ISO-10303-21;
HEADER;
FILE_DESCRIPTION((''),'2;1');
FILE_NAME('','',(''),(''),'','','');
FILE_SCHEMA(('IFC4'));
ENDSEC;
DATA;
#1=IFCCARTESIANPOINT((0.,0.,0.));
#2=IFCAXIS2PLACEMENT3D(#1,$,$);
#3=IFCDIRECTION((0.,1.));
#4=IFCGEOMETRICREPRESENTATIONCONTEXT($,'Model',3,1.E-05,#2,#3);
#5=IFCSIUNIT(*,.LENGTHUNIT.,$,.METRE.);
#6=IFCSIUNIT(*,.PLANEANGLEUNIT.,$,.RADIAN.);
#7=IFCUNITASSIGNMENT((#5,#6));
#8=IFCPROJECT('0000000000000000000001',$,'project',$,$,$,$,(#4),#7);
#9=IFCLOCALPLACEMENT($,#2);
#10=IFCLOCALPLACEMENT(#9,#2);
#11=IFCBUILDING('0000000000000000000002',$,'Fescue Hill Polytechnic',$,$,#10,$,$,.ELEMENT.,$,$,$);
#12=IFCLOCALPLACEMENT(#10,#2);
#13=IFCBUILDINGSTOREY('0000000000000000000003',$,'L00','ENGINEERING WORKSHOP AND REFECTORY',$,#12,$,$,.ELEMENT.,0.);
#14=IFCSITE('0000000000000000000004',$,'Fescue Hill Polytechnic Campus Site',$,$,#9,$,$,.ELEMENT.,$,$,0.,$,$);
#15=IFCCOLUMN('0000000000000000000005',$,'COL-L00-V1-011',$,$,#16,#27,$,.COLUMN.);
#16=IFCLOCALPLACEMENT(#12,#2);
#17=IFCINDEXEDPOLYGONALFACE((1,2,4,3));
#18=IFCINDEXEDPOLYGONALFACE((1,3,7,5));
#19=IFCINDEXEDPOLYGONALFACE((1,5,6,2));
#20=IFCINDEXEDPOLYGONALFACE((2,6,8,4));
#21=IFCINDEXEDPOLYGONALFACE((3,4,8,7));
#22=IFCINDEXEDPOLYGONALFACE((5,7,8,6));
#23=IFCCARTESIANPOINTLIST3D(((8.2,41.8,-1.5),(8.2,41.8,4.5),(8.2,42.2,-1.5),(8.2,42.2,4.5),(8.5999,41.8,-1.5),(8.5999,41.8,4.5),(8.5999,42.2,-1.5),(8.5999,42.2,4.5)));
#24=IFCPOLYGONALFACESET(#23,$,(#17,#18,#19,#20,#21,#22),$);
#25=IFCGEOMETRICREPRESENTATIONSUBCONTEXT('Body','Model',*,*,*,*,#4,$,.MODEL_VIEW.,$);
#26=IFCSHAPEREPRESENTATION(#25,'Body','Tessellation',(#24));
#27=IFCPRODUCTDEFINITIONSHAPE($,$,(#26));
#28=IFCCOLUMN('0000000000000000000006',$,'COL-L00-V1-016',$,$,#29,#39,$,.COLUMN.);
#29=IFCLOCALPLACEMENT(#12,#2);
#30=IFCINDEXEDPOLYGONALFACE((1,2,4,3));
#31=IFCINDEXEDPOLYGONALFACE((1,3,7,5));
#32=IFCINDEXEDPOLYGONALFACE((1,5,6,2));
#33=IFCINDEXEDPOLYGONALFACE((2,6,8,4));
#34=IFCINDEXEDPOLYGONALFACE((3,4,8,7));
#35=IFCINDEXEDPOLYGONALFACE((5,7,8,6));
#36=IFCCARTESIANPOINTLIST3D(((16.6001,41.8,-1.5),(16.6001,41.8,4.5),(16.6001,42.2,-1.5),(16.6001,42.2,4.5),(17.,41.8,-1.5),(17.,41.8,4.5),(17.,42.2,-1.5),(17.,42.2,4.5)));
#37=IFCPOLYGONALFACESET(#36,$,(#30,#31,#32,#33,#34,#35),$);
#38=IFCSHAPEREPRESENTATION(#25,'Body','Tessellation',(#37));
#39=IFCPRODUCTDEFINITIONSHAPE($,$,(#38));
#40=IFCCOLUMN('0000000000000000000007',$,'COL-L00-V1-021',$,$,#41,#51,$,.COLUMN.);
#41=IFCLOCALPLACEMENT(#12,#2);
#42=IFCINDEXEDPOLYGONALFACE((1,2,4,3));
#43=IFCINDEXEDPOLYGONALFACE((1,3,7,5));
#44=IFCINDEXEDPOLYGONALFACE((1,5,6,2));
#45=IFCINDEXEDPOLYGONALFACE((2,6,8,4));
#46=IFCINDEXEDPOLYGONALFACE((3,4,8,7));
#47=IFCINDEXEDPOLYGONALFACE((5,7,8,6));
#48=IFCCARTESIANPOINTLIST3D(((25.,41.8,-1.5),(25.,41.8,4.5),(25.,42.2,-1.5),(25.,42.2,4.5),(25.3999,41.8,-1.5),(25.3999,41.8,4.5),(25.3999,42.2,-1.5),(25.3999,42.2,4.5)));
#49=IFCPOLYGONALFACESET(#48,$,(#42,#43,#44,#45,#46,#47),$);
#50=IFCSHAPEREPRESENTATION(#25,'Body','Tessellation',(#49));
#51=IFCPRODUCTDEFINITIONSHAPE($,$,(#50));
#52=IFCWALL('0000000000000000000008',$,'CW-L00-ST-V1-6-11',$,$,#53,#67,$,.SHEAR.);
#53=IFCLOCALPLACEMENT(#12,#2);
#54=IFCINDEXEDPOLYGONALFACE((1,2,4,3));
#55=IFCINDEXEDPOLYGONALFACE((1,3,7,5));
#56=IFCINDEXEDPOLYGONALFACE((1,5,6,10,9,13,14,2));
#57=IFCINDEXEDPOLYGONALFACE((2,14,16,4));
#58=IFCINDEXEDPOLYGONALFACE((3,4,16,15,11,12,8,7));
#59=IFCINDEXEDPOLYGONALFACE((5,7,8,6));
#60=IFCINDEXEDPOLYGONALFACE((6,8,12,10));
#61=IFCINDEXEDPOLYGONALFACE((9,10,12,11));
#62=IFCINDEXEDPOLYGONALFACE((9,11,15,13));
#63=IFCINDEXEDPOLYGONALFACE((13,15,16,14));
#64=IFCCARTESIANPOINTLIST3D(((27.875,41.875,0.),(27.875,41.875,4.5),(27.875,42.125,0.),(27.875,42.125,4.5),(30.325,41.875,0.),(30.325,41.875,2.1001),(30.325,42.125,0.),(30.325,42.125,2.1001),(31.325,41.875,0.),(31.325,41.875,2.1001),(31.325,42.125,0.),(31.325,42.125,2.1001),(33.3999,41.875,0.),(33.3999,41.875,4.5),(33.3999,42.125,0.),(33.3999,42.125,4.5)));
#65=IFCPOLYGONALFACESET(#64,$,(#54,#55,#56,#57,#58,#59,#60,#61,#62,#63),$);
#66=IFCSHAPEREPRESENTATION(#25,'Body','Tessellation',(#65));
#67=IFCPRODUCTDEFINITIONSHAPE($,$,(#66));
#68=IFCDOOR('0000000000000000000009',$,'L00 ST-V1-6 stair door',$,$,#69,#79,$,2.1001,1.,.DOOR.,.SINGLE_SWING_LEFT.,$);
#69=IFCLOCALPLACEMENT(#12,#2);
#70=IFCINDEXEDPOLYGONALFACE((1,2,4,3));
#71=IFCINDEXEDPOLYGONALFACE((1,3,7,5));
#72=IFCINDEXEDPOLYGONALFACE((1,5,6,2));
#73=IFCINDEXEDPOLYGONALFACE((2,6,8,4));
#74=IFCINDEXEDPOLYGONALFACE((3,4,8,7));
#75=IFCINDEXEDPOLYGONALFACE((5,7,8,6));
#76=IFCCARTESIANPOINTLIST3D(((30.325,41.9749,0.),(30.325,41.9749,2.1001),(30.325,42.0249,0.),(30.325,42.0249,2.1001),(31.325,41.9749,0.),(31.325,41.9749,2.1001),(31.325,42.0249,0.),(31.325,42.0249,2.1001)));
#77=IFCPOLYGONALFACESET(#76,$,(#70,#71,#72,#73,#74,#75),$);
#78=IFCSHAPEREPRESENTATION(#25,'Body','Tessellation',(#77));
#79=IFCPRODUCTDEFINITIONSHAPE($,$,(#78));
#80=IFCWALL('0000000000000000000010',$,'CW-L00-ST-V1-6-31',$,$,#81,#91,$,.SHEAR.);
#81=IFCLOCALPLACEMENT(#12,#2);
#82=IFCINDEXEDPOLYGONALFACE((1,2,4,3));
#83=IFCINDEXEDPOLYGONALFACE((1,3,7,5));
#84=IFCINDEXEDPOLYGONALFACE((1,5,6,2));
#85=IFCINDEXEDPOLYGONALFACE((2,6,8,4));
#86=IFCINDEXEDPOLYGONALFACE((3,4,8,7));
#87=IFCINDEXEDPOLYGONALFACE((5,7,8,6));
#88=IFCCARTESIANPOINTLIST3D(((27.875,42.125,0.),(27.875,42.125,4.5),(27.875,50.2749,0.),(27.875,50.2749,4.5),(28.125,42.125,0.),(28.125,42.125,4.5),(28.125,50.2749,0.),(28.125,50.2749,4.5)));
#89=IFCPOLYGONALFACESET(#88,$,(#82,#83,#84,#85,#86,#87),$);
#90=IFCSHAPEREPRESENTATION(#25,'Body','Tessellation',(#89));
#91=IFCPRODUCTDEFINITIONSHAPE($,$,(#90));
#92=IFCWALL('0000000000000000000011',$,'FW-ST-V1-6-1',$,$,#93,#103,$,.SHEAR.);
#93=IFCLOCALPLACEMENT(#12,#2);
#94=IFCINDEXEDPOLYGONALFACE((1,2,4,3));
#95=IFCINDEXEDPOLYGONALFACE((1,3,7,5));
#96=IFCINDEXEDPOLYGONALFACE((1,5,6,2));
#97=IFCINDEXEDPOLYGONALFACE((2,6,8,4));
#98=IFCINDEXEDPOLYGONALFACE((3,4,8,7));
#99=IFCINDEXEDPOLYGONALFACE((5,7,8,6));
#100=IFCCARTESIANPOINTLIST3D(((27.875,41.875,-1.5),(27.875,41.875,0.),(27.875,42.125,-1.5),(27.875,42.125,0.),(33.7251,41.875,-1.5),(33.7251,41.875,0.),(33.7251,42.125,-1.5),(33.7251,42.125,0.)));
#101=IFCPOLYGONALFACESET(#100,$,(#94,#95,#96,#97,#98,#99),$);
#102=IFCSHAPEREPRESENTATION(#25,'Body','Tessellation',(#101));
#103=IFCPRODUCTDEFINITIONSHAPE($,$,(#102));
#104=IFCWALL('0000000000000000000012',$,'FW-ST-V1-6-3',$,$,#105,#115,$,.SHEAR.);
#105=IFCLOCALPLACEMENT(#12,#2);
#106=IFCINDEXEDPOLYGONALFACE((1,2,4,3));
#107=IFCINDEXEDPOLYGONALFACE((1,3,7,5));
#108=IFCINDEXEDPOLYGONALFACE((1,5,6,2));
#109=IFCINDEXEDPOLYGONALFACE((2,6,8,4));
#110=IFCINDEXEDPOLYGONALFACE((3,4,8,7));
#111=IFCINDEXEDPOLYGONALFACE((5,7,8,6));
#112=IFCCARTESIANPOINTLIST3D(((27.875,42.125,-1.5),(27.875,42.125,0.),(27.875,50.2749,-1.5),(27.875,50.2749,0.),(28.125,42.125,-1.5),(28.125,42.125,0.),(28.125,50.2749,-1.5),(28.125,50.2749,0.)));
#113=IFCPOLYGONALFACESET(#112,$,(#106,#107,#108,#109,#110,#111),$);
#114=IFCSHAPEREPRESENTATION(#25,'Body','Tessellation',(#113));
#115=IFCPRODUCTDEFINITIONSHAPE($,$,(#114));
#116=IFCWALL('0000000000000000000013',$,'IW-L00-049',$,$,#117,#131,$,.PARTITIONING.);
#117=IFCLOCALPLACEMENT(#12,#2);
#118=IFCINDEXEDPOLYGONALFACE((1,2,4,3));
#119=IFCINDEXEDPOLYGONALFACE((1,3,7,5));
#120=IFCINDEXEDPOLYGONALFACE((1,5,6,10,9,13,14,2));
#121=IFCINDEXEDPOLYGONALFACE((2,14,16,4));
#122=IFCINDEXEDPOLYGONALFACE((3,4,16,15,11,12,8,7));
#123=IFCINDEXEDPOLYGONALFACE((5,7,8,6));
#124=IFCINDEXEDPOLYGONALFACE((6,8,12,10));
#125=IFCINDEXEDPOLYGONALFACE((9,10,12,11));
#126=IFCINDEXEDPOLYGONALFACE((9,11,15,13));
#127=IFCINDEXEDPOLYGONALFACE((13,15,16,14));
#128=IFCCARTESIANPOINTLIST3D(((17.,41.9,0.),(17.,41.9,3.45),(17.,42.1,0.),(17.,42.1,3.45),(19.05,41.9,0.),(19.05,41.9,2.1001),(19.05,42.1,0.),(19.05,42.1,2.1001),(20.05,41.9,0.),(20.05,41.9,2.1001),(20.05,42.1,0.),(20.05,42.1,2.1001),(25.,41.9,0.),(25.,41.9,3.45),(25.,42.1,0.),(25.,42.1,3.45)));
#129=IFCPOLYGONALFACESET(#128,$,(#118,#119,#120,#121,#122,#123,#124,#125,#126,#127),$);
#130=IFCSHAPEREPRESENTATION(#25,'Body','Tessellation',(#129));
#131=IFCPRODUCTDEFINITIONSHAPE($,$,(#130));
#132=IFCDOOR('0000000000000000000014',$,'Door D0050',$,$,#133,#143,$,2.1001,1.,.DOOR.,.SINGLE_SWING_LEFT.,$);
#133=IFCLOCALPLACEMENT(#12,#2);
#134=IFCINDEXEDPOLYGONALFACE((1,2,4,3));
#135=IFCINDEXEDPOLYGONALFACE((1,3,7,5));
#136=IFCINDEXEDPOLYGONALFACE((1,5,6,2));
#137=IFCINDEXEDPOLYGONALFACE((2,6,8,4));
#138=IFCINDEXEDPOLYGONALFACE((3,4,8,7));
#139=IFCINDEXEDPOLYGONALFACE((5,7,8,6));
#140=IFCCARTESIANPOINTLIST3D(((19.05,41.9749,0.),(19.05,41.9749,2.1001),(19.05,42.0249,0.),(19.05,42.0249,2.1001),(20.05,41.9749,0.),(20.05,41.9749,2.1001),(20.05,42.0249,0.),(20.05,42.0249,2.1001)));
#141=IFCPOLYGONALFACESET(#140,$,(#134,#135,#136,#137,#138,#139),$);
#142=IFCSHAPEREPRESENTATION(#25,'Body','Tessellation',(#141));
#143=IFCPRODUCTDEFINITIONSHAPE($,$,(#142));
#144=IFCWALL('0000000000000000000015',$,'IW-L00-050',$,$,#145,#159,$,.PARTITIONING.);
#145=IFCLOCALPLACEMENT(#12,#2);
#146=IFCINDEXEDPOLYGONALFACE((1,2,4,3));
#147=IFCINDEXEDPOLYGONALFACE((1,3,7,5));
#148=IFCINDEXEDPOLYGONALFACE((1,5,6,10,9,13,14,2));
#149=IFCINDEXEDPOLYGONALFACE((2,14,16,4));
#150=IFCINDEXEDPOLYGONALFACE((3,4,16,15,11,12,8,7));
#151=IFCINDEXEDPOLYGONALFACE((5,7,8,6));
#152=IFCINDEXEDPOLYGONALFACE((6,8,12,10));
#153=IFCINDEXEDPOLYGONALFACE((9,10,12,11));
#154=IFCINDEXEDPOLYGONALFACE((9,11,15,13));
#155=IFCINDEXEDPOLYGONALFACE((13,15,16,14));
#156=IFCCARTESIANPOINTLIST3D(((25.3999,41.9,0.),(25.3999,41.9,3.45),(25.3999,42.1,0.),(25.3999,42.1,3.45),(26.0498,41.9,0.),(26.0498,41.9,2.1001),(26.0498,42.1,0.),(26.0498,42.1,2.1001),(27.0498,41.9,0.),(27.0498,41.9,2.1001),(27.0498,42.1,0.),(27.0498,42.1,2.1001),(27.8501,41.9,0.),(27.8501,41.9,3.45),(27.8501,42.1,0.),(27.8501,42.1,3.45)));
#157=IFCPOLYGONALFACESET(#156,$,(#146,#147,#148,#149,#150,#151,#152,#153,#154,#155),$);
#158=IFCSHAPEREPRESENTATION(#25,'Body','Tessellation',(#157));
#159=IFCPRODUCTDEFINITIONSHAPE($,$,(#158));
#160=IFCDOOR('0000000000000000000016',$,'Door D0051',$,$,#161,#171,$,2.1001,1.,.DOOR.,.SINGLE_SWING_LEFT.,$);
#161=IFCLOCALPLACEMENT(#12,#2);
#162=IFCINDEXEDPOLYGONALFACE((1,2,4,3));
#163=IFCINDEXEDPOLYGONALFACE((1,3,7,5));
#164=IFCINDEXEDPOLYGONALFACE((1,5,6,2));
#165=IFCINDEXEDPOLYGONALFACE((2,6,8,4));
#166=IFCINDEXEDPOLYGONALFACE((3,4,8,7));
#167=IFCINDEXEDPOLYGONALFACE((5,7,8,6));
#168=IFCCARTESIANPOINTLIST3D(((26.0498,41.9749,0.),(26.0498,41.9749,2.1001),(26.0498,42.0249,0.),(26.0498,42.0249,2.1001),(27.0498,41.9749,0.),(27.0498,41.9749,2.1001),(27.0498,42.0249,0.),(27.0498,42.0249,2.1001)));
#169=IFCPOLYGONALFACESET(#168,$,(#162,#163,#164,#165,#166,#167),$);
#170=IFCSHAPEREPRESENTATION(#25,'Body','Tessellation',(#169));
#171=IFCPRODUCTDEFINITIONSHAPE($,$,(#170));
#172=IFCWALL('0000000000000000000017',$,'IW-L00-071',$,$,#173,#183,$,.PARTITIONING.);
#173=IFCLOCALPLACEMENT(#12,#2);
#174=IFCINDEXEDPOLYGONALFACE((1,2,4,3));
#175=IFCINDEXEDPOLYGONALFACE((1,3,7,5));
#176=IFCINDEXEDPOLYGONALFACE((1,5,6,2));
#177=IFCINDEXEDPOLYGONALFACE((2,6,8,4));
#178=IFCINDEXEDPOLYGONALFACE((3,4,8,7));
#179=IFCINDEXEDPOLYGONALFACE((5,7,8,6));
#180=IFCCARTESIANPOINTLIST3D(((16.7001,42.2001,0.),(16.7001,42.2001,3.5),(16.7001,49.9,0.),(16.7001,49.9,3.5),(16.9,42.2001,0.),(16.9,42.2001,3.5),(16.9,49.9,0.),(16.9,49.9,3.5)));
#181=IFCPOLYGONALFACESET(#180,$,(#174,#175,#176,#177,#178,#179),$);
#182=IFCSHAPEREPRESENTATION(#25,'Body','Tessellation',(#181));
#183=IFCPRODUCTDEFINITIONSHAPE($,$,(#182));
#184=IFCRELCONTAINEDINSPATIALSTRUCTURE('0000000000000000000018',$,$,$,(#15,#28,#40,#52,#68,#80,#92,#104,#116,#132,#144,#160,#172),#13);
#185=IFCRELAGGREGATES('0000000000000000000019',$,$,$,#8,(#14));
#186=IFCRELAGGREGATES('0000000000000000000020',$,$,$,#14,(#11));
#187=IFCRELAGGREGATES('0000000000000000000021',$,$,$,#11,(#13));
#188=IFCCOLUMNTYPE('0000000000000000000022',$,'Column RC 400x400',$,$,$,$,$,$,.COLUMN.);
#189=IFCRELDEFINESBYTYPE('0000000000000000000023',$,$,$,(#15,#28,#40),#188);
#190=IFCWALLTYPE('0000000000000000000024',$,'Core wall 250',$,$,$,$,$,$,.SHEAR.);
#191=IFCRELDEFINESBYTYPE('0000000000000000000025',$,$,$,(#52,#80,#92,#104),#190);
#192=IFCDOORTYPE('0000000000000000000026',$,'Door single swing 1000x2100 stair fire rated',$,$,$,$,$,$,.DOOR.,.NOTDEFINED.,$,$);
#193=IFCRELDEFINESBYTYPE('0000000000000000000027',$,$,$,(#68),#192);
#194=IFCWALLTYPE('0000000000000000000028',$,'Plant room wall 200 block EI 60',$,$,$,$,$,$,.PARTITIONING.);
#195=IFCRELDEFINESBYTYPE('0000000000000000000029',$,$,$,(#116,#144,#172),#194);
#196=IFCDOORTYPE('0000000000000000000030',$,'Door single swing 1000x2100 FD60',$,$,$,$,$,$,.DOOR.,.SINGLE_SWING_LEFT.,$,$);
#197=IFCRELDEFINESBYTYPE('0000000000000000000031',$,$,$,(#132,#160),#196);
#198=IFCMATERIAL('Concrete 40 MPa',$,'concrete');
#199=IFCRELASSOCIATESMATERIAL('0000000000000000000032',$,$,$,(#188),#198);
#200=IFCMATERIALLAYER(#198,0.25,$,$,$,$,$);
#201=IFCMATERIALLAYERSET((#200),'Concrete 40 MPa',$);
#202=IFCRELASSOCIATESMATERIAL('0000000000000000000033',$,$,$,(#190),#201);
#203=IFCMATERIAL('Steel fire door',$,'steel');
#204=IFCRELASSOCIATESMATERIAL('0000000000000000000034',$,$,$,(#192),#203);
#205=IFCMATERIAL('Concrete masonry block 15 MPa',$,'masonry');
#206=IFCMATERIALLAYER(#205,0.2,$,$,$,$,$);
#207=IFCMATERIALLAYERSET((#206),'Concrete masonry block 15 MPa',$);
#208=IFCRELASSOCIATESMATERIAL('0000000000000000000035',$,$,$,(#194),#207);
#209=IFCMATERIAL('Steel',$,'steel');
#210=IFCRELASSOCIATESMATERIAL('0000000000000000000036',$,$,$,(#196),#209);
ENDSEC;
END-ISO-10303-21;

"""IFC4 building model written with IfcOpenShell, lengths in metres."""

from ifc_helpers import new_model, si_unit, direction, frame, frame_2d, origin, origin_2d, place, context, subcontext, project, spatial, rectangle, extrude, material, layer, layer_set, material_profile, profile_set, type_object, element, fill, save


model = new_model("IFC4")

# Units and contexts
model_context = context("Model", 3, precision=1e-05, world=origin(), true_north=direction((0.0, 1.0)))
body_context = subcontext(model_context, "Body", "Model", "MODEL_VIEW")
ifc_project = project(units=[si_unit("LENGTHUNIT", "METRE"), si_unit("PLANEANGLEUNIT", "RADIAN")], contexts=[model_context])

# Site, building, storey
site_placement = place(None, origin())
site = spatial("IfcSite", under=ifc_project, at=site_placement, Name="Fescue Hill Polytechnic Campus Site", CompositionType="ELEMENT", RefElevation=0.0)
building_placement = place(site_placement, origin())
building = spatial("IfcBuilding", under=site, at=building_placement, Name="Fescue Hill Polytechnic", CompositionType="ELEMENT")
storey_placement = place(building_placement, origin())
storey = spatial("IfcBuildingStorey", under=building, at=storey_placement, Name="L00", Description="ENGINEERING WORKSHOP AND REFECTORY", CompositionType="ELEMENT", Elevation=0.0)

# Columns
ifc_material_1 = material(Name="Concrete 40 MPa", Category="concrete")
ifc_material_profile = material_profile(ifc_material_1, rectangle(XDim=0.3999, YDim=0.3999, at=origin_2d()), Name="RC 400x400")
ifc_profile_set = profile_set([ifc_material_profile], Name="Concrete 40 MPa")
column_type = type_object("IfcColumnType", Name="Column RC 400x400", PredefinedType="COLUMN", material=ifc_profile_set)
for number, where, z_axis, x_axis, name in (
    (1, (8.3999, 42.0, -1.5), (0.0, 0.0, 1.0), (1.0, 0.0, 0.0), "COL-L00-V1-011"),
    (2, (16.8, 42.0, -1.5), (0.0, 0.0, 1.0), (1.0, 0.0, 0.0), "COL-L00-V1-016"),
    (3, (25.2, 42.0, -1.5), (0.0, 0.0, 1.0), (1.0, 0.0, 0.0), "COL-L00-V1-021"),
):
    element("IfcColumn", number, at=place(storey_placement, frame(where, z_axis=z_axis, x_axis=x_axis)), inside=storey, type_object=column_type, Name=name, PredefinedType="COLUMN", context=body_context, shape_type="SweptSolid", body=[
        extrude(rectangle(XDim=0.3999, YDim=0.3999, at=origin_2d()), origin(), (0.0, 0.0, 1.0), 6.0),
    ])

# Wall, opening, door
ifc_layer_1 = layer(ifc_material_1, 0.25)
ifc_layer_set_1 = layer_set([ifc_layer_1], Name="Concrete 40 MPa")
wall_type_1 = type_object("IfcWallType", Name="Core wall 250", PredefinedType="SHEAR", material=ifc_layer_set_1)
wall_1_placement = place(storey_placement, frame((27.875, 42.0, 0.0), z_axis=(0.0, 0.0, 1.0), x_axis=(1.0, 0.0, 0.0)))
wall_1 = element("IfcWall", 4, at=wall_1_placement, inside=storey, type_object=wall_type_1, Name="CW-L00-ST-V1-6-11", PredefinedType="SHEAR", context=body_context, shape_type="SweptSolid", body=[
    extrude(rectangle(XDim=5.5249, YDim=0.25, at=frame_2d((2.7625, 0.0))), origin(), (0.0, 0.0, 1.0), 4.5),
])
opening_1_placement = place(wall_1_placement, frame((2.45, 0.0, 0.0)))
opening_1 = element("IfcOpeningElement", 5, at=opening_1_placement, cuts=wall_1, PredefinedType="OPENING", context=body_context, shape_type="SweptSolid", body=[
    extrude(rectangle(XDim=1.0, YDim=2.1001, at=frame_2d((0.5, 1.05))), frame((0.0, 0.135, 0.0), z_axis=(0.0, -1.0, 0.0), x_axis=(1.0, 0.0, 0.0)), (0.0, 0.0, 1.0), 0.27),
])
ifc_material_2 = material(Name="Steel fire door", Category="steel")
door_type_1 = type_object("IfcDoorType", Name="Door single swing 1000x2100 stair fire rated", OperationType="NOTDEFINED", PredefinedType="DOOR", material=ifc_material_2)
door_1_placement = place(opening_1_placement, origin())
door_1 = element("IfcDoor", 6, at=door_1_placement, inside=storey, type_object=door_type_1, Name="L00 ST-V1-6 stair door", OperationType="SINGLE_SWING_LEFT", OverallHeight=2.1001, OverallWidth=1.0, PredefinedType="DOOR", context=body_context, shape_type="SweptSolid", body=[
    extrude(rectangle(XDim=1.0, YDim=2.1001, at=frame_2d((0.5, 1.05))), frame((0.0, 0.0249, 0.0), z_axis=(0.0, -1.0, 0.0), x_axis=(1.0, 0.0, 0.0)), (0.0, 0.0, 1.0), 0.05),
])
fill(opening_1, door_1)

# Walls
wall_2_placement = place(storey_placement, frame((28.0, 42.125, 0.0), z_axis=(0.0, 0.0, 1.0), x_axis=(0.0, 1.0, 0.0)))
element("IfcWall", 7, at=wall_2_placement, inside=storey, type_object=wall_type_1, Name="CW-L00-ST-V1-6-31", PredefinedType="SHEAR", context=body_context, shape_type="SweptSolid", body=[
    extrude(rectangle(XDim=8.1499, YDim=0.25, at=frame_2d((4.075, 0.0))), origin(), (0.0, 0.0, 1.0), 4.5),
])
wall_3_placement = place(storey_placement, frame((27.875, 42.0, -1.5), z_axis=(0.0, 0.0, 1.0), x_axis=(1.0, 0.0, 0.0)))
element("IfcWall", 8, at=wall_3_placement, inside=storey, type_object=wall_type_1, Name="FW-ST-V1-6-1", PredefinedType="SHEAR", context=body_context, shape_type="SweptSolid", body=[
    extrude(rectangle(XDim=5.8501, YDim=0.25, at=frame_2d((2.925, 0.0))), origin(), (0.0, 0.0, 1.0), 1.5),
])
wall_4_placement = place(storey_placement, frame((28.0, 42.125, -1.5), z_axis=(0.0, 0.0, 1.0), x_axis=(0.0, 1.0, 0.0)))
element("IfcWall", 9, at=wall_4_placement, inside=storey, type_object=wall_type_1, Name="FW-ST-V1-6-3", PredefinedType="SHEAR", context=body_context, shape_type="SweptSolid", body=[
    extrude(rectangle(XDim=8.1499, YDim=0.25, at=frame_2d((4.075, 0.0))), origin(), (0.0, 0.0, 1.0), 1.5),
])

# Walls, openings, doors
ifc_material_3 = material(Name="Concrete masonry block 15 MPa", Category="masonry")
ifc_layer_2 = layer(ifc_material_3, 0.2)
ifc_layer_set_2 = layer_set([ifc_layer_2], Name="Concrete masonry block 15 MPa")
wall_type_2 = type_object("IfcWallType", Name="Plant room wall 200 block EI 60", PredefinedType="PARTITIONING", material=ifc_layer_set_2)
wall_5_placement = place(storey_placement, frame((17.0, 42.0, 0.0), z_axis=(0.0, 0.0, 1.0), x_axis=(1.0, 0.0, 0.0)))
wall_5 = element("IfcWall", 10, at=wall_5_placement, inside=storey, type_object=wall_type_2, Name="IW-L00-049", PredefinedType="PARTITIONING", context=body_context, shape_type="SweptSolid", body=[
    extrude(rectangle(XDim=8.0, YDim=0.2, at=frame_2d((4.0, 0.0))), origin(), (0.0, 0.0, 1.0), 3.45),
])
opening_2_placement = place(wall_5_placement, frame((2.05, 0.0, 0.0)))
opening_2 = element("IfcOpeningElement", 11, at=opening_2_placement, cuts=wall_5, PredefinedType="OPENING", context=body_context, shape_type="SweptSolid", body=[
    extrude(rectangle(XDim=1.0, YDim=2.1001, at=frame_2d((0.5, 1.05))), frame((0.0, 0.1099, 0.0), z_axis=(0.0, -1.0, 0.0), x_axis=(1.0, 0.0, 0.0)), (0.0, 0.0, 1.0), 0.22),
])
ifc_material_4 = material(Name="Steel", Category="steel")
door_type_2 = type_object("IfcDoorType", Name="Door single swing 1000x2100 FD60", OperationType="SINGLE_SWING_LEFT", PredefinedType="DOOR", material=ifc_material_4)
door_2_placement = place(opening_2_placement, origin())
door_2 = element("IfcDoor", 12, at=door_2_placement, inside=storey, type_object=door_type_2, Name="Door D0050", OperationType="SINGLE_SWING_LEFT", OverallHeight=2.1001, OverallWidth=1.0, PredefinedType="DOOR", context=body_context, shape_type="SweptSolid", body=[
    extrude(rectangle(XDim=1.0, YDim=2.1001, at=frame_2d((0.5, 1.05))), frame((0.0, 0.0249, 0.0), z_axis=(0.0, -1.0, 0.0), x_axis=(1.0, 0.0, 0.0)), (0.0, 0.0, 1.0), 0.05),
])
fill(opening_2, door_2)
wall_6_placement = place(storey_placement, frame((25.3999, 42.0, 0.0), z_axis=(0.0, 0.0, 1.0), x_axis=(1.0, 0.0, 0.0)))
wall_6 = element("IfcWall", 13, at=wall_6_placement, inside=storey, type_object=wall_type_2, Name="IW-L00-050", PredefinedType="PARTITIONING", context=body_context, shape_type="SweptSolid", body=[
    extrude(rectangle(XDim=2.4502, YDim=0.2, at=frame_2d((1.2251, 0.0))), origin(), (0.0, 0.0, 1.0), 3.45),
])
opening_3_placement = place(wall_6_placement, frame((0.6499, 0.0, 0.0)))
opening_3 = element("IfcOpeningElement", 14, at=opening_3_placement, cuts=wall_6, PredefinedType="OPENING", context=body_context, shape_type="SweptSolid", body=[
    extrude(rectangle(XDim=1.0, YDim=2.1001, at=frame_2d((0.5, 1.05))), frame((0.0, 0.1099, 0.0), z_axis=(0.0, -1.0, 0.0), x_axis=(1.0, 0.0, 0.0)), (0.0, 0.0, 1.0), 0.22),
])
door_3_placement = place(opening_3_placement, origin())
door_3 = element("IfcDoor", 15, at=door_3_placement, inside=storey, type_object=door_type_2, Name="Door D0051", OperationType="SINGLE_SWING_LEFT", OverallHeight=2.1001, OverallWidth=1.0, PredefinedType="DOOR", context=body_context, shape_type="SweptSolid", body=[
    extrude(rectangle(XDim=1.0, YDim=2.1001, at=frame_2d((0.5, 1.05))), frame((0.0, 0.0249, 0.0), z_axis=(0.0, -1.0, 0.0), x_axis=(1.0, 0.0, 0.0)), (0.0, 0.0, 1.0), 0.05),
])
fill(opening_3, door_3)

# Wall
wall_7_placement = place(storey_placement, frame((16.8, 42.2, 0.0), z_axis=(0.0, 0.0, 1.0), x_axis=(0.0, 1.0, 0.0)))
element("IfcWall", 16, at=wall_7_placement, inside=storey, type_object=wall_type_2, Name="IW-L00-071", PredefinedType="PARTITIONING", context=body_context, shape_type="SweptSolid", body=[
    extrude(rectangle(XDim=7.7, YDim=0.2, at=frame_2d((3.8501, 0.0))), origin(), (0.0, 0.0, 1.0), 3.5),
])

save(model, "model.ifc")
